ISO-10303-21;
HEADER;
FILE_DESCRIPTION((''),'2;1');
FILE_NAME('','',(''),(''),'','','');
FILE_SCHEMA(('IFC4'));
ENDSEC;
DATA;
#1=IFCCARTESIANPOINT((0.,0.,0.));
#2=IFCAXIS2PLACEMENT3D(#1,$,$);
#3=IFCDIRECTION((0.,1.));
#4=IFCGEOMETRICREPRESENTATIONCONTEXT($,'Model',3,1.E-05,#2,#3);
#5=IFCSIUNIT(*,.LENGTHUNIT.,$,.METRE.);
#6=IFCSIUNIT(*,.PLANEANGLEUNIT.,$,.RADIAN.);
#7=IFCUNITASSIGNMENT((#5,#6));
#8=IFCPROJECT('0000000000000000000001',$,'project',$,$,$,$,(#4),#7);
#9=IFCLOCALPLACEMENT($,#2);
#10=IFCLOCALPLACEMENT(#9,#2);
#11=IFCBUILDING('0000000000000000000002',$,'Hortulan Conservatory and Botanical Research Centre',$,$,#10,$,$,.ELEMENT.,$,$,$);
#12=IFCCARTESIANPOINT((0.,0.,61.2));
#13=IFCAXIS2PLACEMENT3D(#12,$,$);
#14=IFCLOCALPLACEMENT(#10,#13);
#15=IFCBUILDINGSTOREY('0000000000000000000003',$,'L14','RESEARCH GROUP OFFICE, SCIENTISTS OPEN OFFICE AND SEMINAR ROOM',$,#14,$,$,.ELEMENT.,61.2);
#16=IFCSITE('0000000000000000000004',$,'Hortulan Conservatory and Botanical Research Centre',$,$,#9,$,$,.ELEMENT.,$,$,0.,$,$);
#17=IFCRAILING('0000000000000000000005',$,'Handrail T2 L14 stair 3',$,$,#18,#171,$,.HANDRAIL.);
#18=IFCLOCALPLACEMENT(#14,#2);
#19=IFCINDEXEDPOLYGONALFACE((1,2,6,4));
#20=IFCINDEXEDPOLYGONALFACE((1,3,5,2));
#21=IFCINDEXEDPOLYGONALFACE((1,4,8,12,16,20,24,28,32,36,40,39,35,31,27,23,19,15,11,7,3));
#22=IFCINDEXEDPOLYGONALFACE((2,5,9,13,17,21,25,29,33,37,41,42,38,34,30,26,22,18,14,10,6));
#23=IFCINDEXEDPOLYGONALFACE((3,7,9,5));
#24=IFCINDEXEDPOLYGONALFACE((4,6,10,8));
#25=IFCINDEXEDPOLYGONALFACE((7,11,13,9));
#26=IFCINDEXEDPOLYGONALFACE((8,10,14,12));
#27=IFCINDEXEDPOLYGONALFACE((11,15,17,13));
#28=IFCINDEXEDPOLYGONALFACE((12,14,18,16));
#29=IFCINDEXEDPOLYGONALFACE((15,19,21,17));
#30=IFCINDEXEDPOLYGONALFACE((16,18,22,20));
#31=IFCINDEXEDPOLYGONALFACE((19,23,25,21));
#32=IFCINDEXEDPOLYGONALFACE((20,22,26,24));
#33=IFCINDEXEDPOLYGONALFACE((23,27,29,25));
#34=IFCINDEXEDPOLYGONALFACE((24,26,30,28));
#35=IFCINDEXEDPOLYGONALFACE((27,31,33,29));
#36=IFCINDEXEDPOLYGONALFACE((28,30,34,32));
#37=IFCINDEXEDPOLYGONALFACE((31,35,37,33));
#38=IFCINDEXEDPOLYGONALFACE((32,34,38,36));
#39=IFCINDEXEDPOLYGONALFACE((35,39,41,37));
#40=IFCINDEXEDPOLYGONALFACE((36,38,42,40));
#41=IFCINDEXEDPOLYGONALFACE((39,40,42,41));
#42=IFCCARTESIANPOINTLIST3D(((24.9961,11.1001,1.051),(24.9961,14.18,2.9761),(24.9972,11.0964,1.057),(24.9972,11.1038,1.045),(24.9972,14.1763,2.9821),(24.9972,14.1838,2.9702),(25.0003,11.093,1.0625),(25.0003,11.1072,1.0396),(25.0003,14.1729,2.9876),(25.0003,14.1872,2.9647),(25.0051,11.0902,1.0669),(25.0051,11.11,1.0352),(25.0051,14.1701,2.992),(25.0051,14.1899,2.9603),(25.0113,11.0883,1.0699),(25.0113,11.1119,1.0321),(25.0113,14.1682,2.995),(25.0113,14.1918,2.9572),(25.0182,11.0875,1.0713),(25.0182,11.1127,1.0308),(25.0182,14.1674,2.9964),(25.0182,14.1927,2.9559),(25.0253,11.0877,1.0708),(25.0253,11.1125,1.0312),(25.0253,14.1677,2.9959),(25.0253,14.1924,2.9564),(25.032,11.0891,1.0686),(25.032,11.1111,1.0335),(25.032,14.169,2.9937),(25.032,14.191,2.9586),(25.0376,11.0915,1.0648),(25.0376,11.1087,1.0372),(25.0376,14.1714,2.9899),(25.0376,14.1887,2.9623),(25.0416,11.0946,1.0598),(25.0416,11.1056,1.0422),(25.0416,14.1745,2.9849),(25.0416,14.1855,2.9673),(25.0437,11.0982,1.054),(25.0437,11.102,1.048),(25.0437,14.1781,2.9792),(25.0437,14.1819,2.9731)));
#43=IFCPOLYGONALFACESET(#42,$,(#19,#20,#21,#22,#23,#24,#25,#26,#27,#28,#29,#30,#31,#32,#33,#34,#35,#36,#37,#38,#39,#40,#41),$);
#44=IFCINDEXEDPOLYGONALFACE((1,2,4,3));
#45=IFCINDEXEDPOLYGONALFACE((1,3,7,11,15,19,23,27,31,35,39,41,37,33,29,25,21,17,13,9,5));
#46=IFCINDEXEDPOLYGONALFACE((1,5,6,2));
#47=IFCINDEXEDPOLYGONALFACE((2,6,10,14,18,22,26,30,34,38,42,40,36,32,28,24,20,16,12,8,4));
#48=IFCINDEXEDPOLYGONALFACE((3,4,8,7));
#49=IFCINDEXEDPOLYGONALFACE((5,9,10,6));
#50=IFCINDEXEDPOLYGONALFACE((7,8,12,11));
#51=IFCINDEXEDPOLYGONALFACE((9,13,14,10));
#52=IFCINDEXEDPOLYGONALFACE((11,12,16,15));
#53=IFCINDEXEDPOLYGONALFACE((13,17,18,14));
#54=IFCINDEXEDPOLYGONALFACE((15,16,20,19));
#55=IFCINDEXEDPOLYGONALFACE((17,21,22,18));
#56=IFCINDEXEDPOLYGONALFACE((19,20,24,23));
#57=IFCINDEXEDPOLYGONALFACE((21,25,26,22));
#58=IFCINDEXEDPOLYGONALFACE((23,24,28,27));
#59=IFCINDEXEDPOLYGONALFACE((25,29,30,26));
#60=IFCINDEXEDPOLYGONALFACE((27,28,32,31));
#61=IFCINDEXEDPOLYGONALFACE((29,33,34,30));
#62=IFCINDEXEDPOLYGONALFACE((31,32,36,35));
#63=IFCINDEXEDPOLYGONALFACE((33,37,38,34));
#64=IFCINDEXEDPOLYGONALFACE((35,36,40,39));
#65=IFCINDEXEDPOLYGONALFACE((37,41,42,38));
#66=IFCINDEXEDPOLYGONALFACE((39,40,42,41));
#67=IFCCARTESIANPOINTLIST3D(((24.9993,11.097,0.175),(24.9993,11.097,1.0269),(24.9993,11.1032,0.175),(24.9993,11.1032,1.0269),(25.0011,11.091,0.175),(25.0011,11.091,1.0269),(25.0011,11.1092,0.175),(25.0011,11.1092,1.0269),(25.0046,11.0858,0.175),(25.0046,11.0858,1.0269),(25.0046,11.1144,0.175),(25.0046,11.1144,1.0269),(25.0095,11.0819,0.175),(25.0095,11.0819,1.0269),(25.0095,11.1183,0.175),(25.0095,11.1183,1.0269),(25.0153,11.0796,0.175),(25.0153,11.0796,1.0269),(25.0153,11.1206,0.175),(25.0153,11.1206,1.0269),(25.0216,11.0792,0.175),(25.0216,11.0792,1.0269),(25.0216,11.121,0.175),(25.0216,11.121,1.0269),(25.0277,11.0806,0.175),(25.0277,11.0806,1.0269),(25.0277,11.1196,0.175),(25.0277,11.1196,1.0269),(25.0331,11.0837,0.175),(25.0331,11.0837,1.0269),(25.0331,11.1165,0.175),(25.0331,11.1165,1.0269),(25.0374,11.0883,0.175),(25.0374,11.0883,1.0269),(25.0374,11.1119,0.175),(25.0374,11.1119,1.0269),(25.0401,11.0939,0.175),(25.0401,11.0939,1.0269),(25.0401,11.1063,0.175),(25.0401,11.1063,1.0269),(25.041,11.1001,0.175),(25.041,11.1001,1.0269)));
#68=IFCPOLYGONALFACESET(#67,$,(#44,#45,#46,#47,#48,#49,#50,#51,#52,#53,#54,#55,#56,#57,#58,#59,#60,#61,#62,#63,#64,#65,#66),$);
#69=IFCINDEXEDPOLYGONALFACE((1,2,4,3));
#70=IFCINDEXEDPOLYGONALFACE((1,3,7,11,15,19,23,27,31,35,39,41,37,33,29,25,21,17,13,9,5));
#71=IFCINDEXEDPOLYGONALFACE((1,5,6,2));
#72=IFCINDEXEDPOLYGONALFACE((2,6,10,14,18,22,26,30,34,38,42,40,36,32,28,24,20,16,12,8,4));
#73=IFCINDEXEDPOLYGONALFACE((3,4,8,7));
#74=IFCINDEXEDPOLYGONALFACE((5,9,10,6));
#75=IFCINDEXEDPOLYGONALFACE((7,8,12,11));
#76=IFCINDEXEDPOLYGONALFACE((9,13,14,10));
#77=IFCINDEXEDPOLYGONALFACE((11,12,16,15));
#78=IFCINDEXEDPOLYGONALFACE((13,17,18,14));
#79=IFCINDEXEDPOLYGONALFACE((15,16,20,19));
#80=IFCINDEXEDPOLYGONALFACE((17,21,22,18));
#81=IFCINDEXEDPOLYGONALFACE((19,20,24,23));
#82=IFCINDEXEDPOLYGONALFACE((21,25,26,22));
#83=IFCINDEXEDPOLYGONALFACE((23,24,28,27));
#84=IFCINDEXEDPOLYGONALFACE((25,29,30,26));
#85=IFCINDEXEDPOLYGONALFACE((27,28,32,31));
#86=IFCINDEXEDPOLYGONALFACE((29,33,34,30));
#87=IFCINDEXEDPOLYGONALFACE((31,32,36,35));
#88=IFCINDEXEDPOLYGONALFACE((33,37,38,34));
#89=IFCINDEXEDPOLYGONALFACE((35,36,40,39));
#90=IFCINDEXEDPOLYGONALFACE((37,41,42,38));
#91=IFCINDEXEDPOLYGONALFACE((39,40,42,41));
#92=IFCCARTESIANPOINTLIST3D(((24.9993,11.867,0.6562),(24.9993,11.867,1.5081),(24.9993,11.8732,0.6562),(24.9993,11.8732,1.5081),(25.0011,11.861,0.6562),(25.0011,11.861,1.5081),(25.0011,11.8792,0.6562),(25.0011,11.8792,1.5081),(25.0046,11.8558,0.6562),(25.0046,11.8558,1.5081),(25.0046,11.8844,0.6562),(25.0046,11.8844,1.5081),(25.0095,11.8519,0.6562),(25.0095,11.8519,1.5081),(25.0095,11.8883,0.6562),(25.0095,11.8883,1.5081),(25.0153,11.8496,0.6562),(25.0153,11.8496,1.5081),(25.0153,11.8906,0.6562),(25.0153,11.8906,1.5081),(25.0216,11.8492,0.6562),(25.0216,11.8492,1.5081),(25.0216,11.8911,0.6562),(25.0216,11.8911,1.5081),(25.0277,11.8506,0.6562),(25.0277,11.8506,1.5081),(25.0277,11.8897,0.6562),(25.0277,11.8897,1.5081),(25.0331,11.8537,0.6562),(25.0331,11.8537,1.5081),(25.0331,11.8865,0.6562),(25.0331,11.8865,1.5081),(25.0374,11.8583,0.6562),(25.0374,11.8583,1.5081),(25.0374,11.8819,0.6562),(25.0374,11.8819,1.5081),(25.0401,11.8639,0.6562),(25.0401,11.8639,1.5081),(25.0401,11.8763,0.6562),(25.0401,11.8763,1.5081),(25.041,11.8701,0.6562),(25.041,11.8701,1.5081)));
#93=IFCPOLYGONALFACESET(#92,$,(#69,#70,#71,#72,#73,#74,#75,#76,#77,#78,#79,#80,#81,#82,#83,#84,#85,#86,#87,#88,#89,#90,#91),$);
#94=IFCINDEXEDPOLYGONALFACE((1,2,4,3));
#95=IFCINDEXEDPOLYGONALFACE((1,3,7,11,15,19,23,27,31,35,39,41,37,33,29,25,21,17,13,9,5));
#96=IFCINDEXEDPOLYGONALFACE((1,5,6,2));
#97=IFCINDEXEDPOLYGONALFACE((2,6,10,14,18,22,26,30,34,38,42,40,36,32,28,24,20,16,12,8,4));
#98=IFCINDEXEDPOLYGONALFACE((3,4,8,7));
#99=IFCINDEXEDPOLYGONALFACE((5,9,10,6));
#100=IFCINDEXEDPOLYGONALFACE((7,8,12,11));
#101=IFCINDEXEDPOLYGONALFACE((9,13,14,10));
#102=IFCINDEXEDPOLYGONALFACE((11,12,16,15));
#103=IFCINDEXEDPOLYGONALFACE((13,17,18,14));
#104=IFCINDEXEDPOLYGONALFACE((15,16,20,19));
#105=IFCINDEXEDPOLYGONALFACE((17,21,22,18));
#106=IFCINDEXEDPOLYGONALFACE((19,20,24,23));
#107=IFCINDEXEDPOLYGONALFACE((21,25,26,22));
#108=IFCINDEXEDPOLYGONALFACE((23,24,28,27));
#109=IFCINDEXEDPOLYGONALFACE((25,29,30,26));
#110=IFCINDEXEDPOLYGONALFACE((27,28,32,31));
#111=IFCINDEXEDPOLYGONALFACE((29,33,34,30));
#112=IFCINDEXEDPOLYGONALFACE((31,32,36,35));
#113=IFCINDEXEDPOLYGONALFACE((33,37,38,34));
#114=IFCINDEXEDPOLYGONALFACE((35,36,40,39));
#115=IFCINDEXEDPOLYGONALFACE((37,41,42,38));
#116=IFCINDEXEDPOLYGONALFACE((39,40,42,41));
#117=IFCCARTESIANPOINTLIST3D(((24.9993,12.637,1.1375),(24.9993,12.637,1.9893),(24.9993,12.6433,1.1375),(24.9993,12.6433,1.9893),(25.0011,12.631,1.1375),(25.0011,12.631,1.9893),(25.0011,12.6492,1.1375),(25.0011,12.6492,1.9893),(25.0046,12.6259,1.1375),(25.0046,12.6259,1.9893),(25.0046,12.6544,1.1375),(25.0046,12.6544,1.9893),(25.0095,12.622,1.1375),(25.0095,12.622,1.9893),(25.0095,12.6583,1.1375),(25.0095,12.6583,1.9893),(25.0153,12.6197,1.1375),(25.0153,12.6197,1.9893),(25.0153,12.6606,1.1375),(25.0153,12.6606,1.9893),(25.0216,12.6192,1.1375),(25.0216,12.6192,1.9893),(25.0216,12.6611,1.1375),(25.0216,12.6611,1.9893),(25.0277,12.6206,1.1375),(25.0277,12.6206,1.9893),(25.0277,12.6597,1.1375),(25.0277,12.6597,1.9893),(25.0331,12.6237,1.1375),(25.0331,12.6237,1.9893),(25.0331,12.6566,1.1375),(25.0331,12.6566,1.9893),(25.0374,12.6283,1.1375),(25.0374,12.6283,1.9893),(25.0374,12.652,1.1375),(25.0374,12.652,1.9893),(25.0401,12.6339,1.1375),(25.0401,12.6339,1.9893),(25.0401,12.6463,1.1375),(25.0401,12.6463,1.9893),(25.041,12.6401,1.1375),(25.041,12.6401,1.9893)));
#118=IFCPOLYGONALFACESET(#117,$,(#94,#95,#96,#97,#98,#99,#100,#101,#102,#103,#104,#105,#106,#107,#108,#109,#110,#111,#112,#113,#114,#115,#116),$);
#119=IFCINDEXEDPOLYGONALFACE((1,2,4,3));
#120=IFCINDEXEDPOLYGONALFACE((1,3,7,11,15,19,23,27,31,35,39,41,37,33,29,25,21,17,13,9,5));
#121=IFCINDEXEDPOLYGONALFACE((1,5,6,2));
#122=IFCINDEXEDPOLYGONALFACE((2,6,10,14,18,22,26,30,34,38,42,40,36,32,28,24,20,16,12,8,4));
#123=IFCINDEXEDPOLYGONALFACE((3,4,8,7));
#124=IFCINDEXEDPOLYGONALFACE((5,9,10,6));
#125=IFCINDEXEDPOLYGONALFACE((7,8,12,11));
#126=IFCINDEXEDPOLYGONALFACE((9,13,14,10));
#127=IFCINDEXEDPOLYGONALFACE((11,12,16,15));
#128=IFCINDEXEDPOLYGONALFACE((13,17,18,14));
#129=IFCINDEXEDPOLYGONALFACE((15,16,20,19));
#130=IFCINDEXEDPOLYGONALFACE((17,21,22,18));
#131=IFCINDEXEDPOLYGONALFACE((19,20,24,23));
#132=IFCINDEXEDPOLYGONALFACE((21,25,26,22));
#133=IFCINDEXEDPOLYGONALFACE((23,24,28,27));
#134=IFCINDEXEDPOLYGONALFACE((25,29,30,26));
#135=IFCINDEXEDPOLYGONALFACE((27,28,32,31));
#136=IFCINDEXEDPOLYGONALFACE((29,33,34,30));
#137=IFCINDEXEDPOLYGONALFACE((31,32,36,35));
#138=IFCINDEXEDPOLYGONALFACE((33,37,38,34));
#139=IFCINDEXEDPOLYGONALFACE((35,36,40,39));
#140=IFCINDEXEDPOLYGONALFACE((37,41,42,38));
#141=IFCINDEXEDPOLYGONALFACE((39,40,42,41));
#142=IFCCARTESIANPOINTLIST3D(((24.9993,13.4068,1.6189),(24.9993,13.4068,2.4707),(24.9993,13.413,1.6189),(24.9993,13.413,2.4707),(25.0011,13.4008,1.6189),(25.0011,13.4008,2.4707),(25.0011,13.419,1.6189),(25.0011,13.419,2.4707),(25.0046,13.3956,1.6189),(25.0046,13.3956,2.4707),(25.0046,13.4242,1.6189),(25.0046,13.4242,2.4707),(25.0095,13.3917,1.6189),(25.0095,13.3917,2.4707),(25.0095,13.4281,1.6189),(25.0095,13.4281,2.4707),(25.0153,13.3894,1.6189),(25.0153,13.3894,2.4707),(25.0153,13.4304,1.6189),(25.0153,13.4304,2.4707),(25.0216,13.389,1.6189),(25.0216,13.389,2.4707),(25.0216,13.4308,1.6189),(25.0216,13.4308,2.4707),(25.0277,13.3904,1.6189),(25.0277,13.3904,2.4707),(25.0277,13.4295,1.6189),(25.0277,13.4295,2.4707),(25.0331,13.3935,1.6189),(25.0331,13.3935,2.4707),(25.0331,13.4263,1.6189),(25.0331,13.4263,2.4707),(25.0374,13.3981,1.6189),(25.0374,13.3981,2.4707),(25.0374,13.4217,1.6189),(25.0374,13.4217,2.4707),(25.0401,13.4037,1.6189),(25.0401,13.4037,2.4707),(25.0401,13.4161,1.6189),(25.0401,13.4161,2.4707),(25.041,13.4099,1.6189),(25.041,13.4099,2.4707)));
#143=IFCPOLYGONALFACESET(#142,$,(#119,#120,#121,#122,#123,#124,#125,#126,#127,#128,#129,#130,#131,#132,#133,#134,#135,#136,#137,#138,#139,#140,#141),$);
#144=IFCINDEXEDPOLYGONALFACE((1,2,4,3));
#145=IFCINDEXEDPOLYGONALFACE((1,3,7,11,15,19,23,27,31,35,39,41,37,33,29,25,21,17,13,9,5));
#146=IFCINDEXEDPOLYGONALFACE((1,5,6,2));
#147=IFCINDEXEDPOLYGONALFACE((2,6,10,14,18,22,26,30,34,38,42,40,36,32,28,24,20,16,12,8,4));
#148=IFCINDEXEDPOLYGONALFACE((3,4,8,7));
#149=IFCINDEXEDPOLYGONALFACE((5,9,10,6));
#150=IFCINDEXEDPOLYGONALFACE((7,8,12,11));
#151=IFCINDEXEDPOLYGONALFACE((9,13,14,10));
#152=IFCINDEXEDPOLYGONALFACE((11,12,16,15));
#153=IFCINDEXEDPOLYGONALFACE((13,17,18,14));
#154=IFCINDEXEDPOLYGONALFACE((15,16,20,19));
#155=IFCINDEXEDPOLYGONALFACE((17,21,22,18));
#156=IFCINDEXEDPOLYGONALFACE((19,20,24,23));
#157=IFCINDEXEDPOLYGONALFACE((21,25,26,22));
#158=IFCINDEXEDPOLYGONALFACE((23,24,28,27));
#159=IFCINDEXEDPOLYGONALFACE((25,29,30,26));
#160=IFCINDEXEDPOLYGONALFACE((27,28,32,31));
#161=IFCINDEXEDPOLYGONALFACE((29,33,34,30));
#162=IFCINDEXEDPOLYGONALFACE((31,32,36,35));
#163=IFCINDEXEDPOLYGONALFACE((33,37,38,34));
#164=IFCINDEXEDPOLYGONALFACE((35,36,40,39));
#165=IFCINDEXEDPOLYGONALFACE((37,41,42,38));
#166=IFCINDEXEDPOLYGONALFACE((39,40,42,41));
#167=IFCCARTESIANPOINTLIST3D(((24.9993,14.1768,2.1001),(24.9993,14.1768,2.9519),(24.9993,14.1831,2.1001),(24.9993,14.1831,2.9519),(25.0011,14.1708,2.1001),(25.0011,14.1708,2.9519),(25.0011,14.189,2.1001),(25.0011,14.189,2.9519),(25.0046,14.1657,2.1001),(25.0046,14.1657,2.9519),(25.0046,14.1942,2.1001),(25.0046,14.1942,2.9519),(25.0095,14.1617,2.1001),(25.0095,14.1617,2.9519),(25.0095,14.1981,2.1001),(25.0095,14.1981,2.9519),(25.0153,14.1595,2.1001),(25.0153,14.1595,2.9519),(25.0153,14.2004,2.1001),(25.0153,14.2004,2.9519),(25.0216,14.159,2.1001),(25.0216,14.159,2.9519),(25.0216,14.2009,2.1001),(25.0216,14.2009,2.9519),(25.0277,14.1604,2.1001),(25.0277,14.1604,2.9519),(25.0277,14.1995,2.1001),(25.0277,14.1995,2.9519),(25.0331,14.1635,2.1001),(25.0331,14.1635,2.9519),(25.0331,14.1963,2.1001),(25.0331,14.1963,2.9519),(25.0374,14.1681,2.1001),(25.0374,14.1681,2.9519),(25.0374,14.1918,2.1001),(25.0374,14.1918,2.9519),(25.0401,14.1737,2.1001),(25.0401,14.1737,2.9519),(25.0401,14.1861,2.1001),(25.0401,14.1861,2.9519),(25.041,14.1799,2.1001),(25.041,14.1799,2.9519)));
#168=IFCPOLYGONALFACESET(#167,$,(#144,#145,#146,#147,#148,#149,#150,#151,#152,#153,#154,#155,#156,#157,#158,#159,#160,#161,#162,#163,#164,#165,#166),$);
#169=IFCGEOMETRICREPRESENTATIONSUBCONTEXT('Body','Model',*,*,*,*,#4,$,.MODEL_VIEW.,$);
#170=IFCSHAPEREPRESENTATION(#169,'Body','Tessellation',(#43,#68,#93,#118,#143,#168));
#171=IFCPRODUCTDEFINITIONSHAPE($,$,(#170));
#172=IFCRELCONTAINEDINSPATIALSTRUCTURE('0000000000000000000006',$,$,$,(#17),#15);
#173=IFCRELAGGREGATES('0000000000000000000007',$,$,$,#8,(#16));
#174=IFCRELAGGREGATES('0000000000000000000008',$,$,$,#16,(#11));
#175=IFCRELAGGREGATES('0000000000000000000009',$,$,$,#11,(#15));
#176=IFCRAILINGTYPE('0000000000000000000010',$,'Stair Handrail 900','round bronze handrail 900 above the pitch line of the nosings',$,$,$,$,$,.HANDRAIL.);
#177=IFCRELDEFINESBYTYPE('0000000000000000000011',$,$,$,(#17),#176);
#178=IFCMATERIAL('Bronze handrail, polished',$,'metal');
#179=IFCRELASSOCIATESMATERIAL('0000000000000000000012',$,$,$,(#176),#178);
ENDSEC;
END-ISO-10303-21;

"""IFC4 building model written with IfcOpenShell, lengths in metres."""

from ifc_helpers import new_model, si_unit, direction, frame, origin, origin_2d, place, context, subcontext, project, spatial, circle, extrude, material, type_object, element, save


model = new_model("IFC4")

# Units and contexts
model_context = context("Model", 3, precision=1e-05, world=origin(), true_north=direction((0.0, 1.0)))
body_context = subcontext(model_context, "Body", "Model", "MODEL_VIEW")
ifc_project = project(units=[si_unit("LENGTHUNIT", "METRE"), si_unit("PLANEANGLEUNIT", "RADIAN")], contexts=[model_context])

# Site, building, storey
site_placement = place(None, origin())
site = spatial("IfcSite", under=ifc_project, at=site_placement, Name="Hortulan Conservatory and Botanical Research Centre", CompositionType="ELEMENT", RefElevation=0.0)
building_placement = place(site_placement, origin())
building = spatial("IfcBuilding", under=site, at=building_placement, Name="Hortulan Conservatory and Botanical Research Centre", CompositionType="ELEMENT")
storey_placement = place(building_placement, frame((0.0, 0.0, 61.2)))
storey = spatial("IfcBuildingStorey", under=building, at=storey_placement, Name="L14", Description="RESEARCH GROUP OFFICE, SCIENTISTS OPEN OFFICE AND SEMINAR ROOM", CompositionType="ELEMENT", Elevation=61.2)

# Railing
ifc_material_1 = material(Name="Bronze handrail, polished", Category="metal")
railing_type_1 = type_object("IfcRailingType", Name="Stair Handrail 900", Description="round bronze handrail 900 above the pitch line of the nosings", PredefinedType="HANDRAIL", material=ifc_material_1)
railing_1_placement = place(storey_placement, frame((25.02, 11.1001, 0.175)))
element("IfcRailing", 1, at=railing_1_placement, inside=storey, type_object=railing_type_1, Name="Handrail T2 L14 stair 3", PredefinedType="HANDRAIL", context=body_context, shape_type="SweptSolid", body=[
    extrude(circle(Radius=0.0239, at=origin_2d()), frame((0.0, 0.0, 0.876), z_axis=(0.0, 0.847979, 0.530029), x_axis=(-1.0, 0.0, 0.0)), (0.0, 0.0, 1.0), 3.6321),
    extrude(circle(Radius=0.021, at=origin_2d()), origin(), (0.0, 0.0, 1.0), 0.8518),
    extrude(circle(Radius=0.021, at=origin_2d()), frame((0.0, 0.77, 0.4812)), (0.0, 0.0, 1.0), 0.8518),
    extrude(circle(Radius=0.021, at=origin_2d()), frame((0.0, 1.54, 0.9624)), (0.0, 0.0, 1.0), 0.8518),
    extrude(circle(Radius=0.021, at=origin_2d()), frame((0.0, 2.3098, 1.4438)), (0.0, 0.0, 1.0), 0.8518),
    extrude(circle(Radius=0.021, at=origin_2d()), frame((0.0, 3.0798, 1.925)), (0.0, 0.0, 1.0), 0.8518),
])

save(model, "model.ifc")
